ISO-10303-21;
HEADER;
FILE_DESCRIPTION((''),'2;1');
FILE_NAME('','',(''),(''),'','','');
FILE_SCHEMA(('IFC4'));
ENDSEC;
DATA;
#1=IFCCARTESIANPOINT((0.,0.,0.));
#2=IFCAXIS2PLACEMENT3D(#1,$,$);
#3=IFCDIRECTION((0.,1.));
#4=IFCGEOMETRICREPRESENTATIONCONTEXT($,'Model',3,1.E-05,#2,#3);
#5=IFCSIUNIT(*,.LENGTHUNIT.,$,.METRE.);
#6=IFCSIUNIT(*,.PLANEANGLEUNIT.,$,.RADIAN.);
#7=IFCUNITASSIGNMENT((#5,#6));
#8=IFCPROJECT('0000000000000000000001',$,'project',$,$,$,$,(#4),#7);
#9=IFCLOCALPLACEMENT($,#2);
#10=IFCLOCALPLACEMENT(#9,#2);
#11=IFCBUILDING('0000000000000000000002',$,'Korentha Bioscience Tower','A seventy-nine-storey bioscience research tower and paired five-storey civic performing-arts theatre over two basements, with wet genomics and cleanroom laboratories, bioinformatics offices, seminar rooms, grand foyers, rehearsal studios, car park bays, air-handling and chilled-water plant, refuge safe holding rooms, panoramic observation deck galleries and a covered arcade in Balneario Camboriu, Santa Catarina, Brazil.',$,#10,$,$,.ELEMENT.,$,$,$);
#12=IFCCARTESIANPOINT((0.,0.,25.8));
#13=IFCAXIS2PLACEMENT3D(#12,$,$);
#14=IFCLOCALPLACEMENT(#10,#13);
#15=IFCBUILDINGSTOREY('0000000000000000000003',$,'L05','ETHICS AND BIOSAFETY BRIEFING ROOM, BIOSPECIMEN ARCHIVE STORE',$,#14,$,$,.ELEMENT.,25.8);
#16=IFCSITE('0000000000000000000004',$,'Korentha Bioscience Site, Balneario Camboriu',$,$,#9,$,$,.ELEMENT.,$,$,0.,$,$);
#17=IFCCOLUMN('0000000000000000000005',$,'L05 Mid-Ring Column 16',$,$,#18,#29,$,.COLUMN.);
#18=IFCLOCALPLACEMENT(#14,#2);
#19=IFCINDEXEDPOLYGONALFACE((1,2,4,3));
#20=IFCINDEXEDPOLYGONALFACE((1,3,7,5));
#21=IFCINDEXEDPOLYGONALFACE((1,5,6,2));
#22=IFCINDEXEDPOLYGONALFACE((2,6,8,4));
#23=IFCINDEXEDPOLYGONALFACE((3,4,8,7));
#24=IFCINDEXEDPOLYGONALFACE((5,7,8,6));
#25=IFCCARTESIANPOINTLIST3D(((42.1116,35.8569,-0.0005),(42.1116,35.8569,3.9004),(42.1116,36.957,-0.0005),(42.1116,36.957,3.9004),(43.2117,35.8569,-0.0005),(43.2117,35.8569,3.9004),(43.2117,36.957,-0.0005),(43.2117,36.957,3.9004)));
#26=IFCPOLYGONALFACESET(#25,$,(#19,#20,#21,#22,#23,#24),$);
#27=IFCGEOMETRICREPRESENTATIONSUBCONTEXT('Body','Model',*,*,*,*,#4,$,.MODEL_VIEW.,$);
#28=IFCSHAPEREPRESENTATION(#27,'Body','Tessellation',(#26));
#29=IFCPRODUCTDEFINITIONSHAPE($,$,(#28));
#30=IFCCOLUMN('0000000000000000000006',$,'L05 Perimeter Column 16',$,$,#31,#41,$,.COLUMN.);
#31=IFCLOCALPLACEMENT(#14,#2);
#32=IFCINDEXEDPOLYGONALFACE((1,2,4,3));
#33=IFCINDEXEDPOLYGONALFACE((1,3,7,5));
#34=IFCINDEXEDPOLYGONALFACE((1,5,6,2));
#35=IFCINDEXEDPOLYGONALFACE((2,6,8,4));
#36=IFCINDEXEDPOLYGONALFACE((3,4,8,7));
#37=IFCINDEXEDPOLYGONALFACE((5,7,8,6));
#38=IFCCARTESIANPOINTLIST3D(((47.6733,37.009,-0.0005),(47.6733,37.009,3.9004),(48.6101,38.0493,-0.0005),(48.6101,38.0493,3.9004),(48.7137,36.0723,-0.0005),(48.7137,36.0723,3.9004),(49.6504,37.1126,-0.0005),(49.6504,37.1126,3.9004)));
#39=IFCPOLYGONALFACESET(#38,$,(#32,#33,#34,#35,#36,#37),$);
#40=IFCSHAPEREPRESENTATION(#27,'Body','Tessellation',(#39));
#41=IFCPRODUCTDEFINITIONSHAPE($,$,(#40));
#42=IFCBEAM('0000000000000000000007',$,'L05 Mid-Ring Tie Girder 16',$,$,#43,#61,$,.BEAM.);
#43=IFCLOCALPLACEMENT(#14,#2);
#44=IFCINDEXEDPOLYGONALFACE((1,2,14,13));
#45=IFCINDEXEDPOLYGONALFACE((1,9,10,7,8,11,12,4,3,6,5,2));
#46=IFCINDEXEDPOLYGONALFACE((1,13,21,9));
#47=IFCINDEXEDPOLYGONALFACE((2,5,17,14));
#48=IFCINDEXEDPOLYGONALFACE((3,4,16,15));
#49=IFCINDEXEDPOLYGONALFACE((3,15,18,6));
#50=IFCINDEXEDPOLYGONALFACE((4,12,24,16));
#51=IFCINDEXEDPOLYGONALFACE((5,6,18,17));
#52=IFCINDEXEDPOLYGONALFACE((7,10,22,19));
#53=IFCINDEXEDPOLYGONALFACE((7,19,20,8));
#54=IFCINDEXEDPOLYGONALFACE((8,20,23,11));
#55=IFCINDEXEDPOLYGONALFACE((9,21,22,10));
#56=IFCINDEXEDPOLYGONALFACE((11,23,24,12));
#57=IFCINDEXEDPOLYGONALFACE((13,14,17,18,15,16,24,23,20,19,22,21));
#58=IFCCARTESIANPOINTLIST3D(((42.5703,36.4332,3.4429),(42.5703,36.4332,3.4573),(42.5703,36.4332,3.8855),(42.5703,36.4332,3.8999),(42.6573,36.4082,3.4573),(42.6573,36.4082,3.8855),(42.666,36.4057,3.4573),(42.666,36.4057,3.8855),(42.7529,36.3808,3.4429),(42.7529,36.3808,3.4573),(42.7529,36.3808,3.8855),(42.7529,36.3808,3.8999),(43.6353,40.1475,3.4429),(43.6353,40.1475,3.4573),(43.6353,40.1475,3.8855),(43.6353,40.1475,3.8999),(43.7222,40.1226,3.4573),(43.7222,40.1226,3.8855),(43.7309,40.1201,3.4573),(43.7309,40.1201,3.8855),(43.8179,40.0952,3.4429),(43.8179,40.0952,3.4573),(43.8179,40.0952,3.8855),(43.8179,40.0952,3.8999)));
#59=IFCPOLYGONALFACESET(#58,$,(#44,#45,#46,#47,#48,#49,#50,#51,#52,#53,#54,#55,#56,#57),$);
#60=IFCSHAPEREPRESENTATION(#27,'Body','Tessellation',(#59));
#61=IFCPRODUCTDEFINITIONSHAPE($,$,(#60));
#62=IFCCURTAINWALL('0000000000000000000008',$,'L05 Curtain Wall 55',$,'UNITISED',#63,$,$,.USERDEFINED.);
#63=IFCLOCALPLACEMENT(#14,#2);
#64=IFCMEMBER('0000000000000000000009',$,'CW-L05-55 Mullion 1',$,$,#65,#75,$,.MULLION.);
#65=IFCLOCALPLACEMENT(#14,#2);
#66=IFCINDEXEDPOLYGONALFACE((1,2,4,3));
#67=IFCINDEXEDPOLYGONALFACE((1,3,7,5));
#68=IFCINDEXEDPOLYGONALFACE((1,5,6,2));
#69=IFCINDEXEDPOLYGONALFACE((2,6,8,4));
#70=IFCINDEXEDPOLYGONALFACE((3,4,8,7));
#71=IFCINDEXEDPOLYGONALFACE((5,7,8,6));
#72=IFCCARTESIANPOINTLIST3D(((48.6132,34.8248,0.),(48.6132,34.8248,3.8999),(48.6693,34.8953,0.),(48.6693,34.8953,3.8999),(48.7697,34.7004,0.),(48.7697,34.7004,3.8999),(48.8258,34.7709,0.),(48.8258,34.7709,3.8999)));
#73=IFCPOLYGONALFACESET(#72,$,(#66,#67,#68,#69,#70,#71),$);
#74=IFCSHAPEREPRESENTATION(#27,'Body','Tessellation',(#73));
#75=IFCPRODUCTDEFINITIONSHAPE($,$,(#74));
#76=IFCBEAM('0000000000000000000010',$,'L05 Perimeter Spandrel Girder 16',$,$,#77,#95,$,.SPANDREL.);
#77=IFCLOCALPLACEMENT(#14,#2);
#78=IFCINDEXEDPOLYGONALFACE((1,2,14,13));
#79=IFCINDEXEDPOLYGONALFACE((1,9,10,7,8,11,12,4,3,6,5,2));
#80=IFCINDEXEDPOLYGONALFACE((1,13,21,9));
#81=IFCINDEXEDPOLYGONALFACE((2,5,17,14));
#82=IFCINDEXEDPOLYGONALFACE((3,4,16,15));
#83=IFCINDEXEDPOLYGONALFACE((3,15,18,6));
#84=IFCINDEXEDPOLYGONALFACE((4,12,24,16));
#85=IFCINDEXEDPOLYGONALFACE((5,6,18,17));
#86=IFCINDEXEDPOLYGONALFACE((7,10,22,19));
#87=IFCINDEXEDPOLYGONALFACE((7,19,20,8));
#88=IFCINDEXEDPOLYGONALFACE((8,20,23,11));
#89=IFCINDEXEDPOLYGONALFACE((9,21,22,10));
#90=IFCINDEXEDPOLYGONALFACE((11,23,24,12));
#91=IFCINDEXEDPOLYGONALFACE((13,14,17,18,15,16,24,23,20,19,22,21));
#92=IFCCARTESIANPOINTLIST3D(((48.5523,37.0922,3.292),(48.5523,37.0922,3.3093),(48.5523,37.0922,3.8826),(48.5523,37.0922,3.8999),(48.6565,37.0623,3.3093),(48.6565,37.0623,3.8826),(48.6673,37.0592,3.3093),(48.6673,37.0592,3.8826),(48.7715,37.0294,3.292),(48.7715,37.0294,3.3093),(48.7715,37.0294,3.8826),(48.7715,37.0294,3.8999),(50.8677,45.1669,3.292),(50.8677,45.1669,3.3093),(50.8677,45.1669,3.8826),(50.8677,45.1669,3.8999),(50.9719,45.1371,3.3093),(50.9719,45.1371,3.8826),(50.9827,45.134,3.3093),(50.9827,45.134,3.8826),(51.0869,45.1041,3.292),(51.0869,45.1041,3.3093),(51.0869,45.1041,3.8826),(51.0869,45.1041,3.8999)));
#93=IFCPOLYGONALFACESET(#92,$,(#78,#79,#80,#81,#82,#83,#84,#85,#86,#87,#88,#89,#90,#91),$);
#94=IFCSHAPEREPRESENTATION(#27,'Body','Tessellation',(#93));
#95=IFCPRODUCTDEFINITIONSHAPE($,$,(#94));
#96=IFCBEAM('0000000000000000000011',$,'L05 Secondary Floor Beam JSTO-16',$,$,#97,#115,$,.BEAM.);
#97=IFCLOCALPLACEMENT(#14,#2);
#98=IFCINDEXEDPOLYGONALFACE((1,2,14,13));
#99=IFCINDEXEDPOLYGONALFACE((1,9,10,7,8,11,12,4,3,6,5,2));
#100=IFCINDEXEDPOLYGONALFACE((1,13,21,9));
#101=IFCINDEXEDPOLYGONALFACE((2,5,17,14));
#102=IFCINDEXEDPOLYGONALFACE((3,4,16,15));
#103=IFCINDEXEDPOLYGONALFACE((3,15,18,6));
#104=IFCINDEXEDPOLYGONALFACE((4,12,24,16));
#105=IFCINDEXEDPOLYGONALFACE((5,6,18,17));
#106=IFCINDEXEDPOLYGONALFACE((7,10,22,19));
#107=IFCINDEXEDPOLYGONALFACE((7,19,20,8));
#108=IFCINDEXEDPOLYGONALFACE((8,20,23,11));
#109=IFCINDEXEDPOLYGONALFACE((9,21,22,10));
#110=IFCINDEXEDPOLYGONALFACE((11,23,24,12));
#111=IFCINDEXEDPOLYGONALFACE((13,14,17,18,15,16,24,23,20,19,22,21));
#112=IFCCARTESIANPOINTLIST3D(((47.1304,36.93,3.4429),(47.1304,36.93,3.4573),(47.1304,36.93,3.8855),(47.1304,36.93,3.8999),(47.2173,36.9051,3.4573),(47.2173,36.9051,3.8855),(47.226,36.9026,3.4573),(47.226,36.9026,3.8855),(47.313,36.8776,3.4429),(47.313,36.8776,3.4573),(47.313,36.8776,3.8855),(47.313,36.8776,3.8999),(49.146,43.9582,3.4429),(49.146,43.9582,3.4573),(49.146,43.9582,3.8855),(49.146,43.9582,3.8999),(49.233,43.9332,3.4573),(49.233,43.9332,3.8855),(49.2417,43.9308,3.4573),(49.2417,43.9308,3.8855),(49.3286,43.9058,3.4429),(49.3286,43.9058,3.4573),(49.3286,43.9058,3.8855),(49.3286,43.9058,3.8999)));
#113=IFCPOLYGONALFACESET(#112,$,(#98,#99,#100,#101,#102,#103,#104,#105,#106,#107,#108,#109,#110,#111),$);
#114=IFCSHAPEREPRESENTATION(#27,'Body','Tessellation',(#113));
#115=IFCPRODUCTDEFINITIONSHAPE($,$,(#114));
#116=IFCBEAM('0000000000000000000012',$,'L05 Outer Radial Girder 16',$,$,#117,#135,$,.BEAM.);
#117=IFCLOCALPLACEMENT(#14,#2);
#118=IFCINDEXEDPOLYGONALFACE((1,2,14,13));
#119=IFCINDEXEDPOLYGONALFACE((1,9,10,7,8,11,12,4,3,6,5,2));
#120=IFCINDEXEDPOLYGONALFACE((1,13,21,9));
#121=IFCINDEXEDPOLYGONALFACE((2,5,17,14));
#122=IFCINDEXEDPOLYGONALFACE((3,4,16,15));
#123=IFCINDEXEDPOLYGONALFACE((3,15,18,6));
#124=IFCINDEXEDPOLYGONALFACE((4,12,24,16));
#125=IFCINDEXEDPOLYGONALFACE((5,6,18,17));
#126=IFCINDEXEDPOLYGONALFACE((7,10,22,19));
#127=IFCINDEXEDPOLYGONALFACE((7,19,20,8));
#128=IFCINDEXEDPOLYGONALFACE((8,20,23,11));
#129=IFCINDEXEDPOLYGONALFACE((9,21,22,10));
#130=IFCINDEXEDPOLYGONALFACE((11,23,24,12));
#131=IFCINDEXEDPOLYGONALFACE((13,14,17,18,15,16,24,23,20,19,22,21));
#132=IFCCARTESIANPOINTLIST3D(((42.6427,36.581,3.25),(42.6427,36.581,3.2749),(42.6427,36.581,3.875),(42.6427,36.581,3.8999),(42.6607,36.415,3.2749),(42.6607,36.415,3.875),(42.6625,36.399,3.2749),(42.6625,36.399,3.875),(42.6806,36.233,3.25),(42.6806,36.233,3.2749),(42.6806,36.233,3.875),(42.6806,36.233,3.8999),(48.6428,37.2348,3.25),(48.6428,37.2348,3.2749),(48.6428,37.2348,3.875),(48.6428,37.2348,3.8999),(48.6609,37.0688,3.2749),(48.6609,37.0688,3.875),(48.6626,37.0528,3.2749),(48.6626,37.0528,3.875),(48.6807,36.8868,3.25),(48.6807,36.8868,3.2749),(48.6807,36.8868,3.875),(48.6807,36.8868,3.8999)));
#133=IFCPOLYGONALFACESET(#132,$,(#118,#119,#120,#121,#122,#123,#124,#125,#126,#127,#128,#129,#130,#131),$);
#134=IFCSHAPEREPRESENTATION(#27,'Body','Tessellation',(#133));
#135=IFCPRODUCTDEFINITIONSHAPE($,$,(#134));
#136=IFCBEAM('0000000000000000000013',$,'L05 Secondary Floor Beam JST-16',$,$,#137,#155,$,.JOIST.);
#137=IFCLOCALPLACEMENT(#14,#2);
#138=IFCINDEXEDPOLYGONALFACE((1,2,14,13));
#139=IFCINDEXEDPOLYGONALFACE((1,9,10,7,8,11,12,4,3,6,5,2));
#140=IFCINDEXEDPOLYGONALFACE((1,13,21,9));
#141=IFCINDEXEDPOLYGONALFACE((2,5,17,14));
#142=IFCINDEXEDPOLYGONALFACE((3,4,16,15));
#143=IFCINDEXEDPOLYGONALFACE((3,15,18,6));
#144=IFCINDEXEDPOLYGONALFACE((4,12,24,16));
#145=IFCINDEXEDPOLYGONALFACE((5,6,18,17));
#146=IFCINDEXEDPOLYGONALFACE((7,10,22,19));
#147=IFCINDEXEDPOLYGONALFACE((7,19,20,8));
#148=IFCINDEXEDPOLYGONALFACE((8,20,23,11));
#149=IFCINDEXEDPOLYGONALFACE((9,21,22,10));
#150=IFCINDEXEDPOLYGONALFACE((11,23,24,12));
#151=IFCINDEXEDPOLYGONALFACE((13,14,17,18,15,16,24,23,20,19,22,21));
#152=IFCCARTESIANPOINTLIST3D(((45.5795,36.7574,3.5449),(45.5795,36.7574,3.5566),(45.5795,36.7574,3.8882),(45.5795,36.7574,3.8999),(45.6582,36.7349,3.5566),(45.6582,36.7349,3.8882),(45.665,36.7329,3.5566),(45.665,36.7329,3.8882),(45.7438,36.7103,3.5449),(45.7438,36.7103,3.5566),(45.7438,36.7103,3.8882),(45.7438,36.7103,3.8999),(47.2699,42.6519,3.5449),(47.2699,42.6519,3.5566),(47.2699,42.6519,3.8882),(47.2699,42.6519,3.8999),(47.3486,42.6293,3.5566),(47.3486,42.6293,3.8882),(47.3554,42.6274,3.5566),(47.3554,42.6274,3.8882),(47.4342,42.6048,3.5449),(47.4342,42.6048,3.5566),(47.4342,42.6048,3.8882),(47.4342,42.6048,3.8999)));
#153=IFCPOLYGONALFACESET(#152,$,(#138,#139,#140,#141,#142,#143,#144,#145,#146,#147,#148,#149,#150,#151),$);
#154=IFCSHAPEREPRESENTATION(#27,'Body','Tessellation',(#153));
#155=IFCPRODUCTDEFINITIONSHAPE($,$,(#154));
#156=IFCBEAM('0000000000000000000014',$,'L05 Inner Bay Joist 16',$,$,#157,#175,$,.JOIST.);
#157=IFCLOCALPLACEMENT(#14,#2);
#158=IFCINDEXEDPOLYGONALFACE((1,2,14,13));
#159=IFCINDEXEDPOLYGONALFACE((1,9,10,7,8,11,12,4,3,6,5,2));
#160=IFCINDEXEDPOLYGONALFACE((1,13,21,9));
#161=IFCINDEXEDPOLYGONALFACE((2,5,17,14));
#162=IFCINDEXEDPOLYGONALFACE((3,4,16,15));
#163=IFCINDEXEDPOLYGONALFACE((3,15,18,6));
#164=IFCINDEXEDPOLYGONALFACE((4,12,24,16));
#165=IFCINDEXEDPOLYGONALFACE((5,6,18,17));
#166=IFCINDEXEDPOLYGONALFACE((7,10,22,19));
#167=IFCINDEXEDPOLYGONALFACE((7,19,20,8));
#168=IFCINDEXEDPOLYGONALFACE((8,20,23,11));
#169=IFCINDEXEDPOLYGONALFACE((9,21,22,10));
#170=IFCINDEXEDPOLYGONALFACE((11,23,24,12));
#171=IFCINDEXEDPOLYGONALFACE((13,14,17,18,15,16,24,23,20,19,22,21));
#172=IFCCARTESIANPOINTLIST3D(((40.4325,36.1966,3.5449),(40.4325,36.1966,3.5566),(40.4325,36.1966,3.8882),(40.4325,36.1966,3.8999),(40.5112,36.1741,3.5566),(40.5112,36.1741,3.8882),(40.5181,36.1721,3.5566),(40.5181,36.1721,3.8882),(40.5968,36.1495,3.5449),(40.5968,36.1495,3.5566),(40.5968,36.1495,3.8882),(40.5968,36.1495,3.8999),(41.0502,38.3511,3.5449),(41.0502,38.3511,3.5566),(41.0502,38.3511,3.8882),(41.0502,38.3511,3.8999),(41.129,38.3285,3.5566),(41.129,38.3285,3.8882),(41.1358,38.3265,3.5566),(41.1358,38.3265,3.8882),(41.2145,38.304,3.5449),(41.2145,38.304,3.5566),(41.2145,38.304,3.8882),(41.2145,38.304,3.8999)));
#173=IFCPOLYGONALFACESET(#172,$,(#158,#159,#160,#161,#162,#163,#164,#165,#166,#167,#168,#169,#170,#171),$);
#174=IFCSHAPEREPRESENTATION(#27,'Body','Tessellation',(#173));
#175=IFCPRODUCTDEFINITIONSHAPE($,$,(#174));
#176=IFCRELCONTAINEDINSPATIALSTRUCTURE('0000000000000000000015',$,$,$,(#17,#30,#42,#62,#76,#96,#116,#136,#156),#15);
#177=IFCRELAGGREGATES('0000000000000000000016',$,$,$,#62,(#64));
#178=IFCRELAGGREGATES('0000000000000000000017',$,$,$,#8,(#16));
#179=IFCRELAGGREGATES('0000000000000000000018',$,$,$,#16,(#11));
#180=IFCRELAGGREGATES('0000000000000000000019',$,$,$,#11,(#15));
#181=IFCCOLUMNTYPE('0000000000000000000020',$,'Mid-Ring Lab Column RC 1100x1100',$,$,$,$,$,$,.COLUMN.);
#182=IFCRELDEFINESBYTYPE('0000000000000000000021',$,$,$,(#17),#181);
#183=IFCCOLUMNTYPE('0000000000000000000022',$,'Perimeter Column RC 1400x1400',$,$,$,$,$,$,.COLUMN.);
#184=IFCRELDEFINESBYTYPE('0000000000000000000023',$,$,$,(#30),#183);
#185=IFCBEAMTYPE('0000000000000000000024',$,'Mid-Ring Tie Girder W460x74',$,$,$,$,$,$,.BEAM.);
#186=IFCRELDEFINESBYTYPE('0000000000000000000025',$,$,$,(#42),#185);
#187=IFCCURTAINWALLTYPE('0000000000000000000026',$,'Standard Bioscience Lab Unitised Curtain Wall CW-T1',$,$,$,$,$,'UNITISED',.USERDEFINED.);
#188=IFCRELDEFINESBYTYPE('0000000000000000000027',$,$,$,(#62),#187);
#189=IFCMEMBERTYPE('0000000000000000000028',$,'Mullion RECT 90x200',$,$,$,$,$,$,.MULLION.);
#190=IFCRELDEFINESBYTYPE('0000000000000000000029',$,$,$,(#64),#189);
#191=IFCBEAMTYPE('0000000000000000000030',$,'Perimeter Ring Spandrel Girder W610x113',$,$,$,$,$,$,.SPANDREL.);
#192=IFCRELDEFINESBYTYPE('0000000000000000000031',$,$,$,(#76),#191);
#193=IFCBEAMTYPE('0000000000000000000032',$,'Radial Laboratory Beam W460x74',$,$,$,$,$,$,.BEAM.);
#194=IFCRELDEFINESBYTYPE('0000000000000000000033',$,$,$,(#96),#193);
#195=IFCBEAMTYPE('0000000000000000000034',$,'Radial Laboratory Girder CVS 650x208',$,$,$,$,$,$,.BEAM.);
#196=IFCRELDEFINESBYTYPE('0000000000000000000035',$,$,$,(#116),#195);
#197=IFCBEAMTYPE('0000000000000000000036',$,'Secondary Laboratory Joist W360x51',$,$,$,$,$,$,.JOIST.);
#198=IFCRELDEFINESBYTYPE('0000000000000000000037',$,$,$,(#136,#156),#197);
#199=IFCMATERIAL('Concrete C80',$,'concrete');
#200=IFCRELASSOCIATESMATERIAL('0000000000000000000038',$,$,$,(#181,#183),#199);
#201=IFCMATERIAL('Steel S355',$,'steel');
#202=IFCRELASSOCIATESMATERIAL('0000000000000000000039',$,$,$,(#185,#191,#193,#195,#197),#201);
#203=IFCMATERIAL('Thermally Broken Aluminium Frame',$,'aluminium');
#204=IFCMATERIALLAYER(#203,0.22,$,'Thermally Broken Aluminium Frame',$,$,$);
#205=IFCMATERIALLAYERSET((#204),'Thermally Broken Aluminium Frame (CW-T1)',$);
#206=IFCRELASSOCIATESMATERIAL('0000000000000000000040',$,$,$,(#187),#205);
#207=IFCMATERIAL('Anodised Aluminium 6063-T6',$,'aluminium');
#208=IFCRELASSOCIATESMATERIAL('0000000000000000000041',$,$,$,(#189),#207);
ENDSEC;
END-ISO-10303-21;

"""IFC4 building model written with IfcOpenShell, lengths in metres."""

from ifc_helpers import new_model, si_unit, direction, frame, origin, origin_2d, place, context, subcontext, project, spatial, rectangle, i_section, extrude, material, layer, layer_set, material_profile, profile_set, type_object, element, aggregate, save


model = new_model("IFC4")

# Units and contexts
model_context = context("Model", 3, precision=1e-05, world=origin(), true_north=direction((0.0, 1.0)))
body_context = subcontext(model_context, "Body", "Model", "MODEL_VIEW")
ifc_project = project(units=[si_unit("LENGTHUNIT", "METRE"), si_unit("PLANEANGLEUNIT", "RADIAN")], contexts=[model_context])

# Site, building, storey
site_placement = place(None, origin())
site = spatial("IfcSite", under=ifc_project, at=site_placement, Name="Korentha Bioscience Site, Balneario Camboriu", CompositionType="ELEMENT", RefElevation=0.0)
building_placement = place(site_placement, origin())
building = spatial("IfcBuilding", under=site, at=building_placement, Name="Korentha Bioscience Tower", Description="A seventy-nine-storey bioscience research tower and paired five-storey civic performing-arts theatre over two basements, with wet genomics and cleanroom laboratories, bioinformatics offices, seminar rooms, grand foyers, rehearsal studios, car park bays, air-handling and chilled-water plant, refuge safe holding rooms, panoramic observation deck galleries and a covered arcade in Balneario Camboriu, Santa Catarina, Brazil.", CompositionType="ELEMENT")
storey_placement = place(building_placement, frame((0.0, 0.0, 25.8)))
storey = spatial("IfcBuildingStorey", under=building, at=storey_placement, Name="L05", Description="ETHICS AND BIOSAFETY BRIEFING ROOM, BIOSPECIMEN ARCHIVE STORE", CompositionType="ELEMENT", Elevation=25.8)

# Columns
ifc_material_1 = material(Name="Concrete C80", Category="concrete")
ifc_material_profile_1 = material_profile(ifc_material_1, rectangle(XDim=1.1001, YDim=1.1001, at=origin_2d()), Name="Concrete C80")
ifc_profile_set_1 = profile_set([ifc_material_profile_1], Name="Concrete C80 (COL-MR11)")
column_type_1 = type_object("IfcColumnType", Name="Mid-Ring Lab Column RC 1100x1100", PredefinedType="COLUMN", material=ifc_profile_set_1)
column_1_placement = place(storey_placement, frame((42.6616, 36.407, -0.0005), z_axis=(0.0, 0.0, 1.0), x_axis=(1.0, 0.0, 0.0)))
element("IfcColumn", 1, at=column_1_placement, inside=storey, type_object=column_type_1, Name="L05 Mid-Ring Column 16", PredefinedType="COLUMN", context=body_context, shape_type="SweptSolid", body=[
    extrude(rectangle(XDim=1.1001, YDim=1.1001, at=origin_2d()), origin(), (0.0, 0.0, 1.0), 3.9009),
])
ifc_material_profile_2 = material_profile(ifc_material_1, rectangle(XDim=1.3999, YDim=1.3999, at=origin_2d()), Name="Concrete C80")
ifc_profile_set_2 = profile_set([ifc_material_profile_2], Name="Concrete C80 (COL-P14)")
column_type_2 = type_object("IfcColumnType", Name="Perimeter Column RC 1400x1400", PredefinedType="COLUMN", material=ifc_profile_set_2)
column_2_placement = place(storey_placement, frame((48.6619, 37.0608, -0.0005), z_axis=(0.0, 0.0, 1.0), x_axis=(0.669131, 0.743145, 0.0)))
element("IfcColumn", 2, at=column_2_placement, inside=storey, type_object=column_type_2, Name="L05 Perimeter Column 16", PredefinedType="COLUMN", context=body_context, shape_type="SweptSolid", body=[
    extrude(rectangle(XDim=1.3999, YDim=1.3999, at=origin_2d()), origin(), (0.0, 0.0, 1.0), 3.9009),
])

# Beam
ifc_material_2 = material(Name="Steel S355", Category="steel")
ifc_material_profile_3 = material_profile(ifc_material_2, i_section(OverallWidth=0.1899, OverallDepth=0.457, WebThickness=0.009, FlangeThickness=0.0144, at=origin_2d()), Name="Steel S355")
ifc_profile_set_3 = profile_set([ifc_material_profile_3], Name="Steel S355 (MB-460)")
beam_type_1 = type_object("IfcBeamType", Name="Mid-Ring Tie Girder W460x74", PredefinedType="BEAM", material=ifc_profile_set_3)
beam_1_placement = place(storey_placement, frame((42.6616, 36.407, 3.6714), z_axis=(0.275606, 0.961271, 0.0), x_axis=(-0.961271, 0.275606, 0.0)))
element("IfcBeam", 3, at=beam_1_placement, inside=storey, type_object=beam_type_1, Name="L05 Mid-Ring Tie Girder 16", PredefinedType="BEAM", context=body_context, shape_type="SweptSolid", body=[
    extrude(i_section(OverallWidth=0.1899, OverallDepth=0.457, WebThickness=0.009, FlangeThickness=0.0144, at=origin_2d()), origin(), (0.0, 0.0, 1.0), 3.864),
])

# Curtain wall, member
ifc_material_3 = material(Name="Thermally Broken Aluminium Frame", Category="aluminium")
ifc_layer_1 = layer(ifc_material_3, 0.22, Name="Thermally Broken Aluminium Frame")
ifc_layer_set_1 = layer_set([ifc_layer_1], Name="Thermally Broken Aluminium Frame (CW-T1)")
curtain_wall_type = type_object("IfcCurtainWallType", Name="Standard Bioscience Lab Unitised Curtain Wall CW-T1", ElementType="UNITISED", PredefinedType="USERDEFINED", material=ifc_layer_set_1)
curtain_wall_placement = place(storey_placement, origin())
curtain_wall = element("IfcCurtainWall", 4, at=curtain_wall_placement, inside=storey, type_object=curtain_wall_type, Name="L05 Curtain Wall 55", ObjectType="UNITISED", PredefinedType="USERDEFINED")
ifc_material_4 = material(Name="Anodised Aluminium 6063-T6", Category="aluminium")
ifc_material_profile_4 = material_profile(ifc_material_4, rectangle(XDim=0.0901, YDim=0.2, at=origin_2d()), Name="Anodised Aluminium 6063-T6")
ifc_profile_set_4 = profile_set([ifc_material_profile_4], Name="Anodised Aluminium 6063-T6 (CW-MUL)")
member_type_1 = type_object("IfcMemberType", Name="Mullion RECT 90x200", PredefinedType="MULLION", material=ifc_profile_set_4)
member_1_placement = place(storey_placement, frame((48.7195, 34.7979, 0.0), z_axis=(0.0, 0.0, 1.0), x_axis=(0.62252, 0.782604, 0.0)))
member_1 = element("IfcMember", 5, at=member_1_placement, type_object=member_type_1, Name="CW-L05-55 Mullion 1", PredefinedType="MULLION", context=body_context, shape_type="SweptSolid", body=[
    extrude(rectangle(XDim=0.0901, YDim=0.2, at=origin_2d()), origin(), (0.0, 0.0, 1.0), 3.8999),
])

# Beams
ifc_material_profile_5 = material_profile(ifc_material_2, i_section(OverallWidth=0.228, OverallDepth=0.6079, WebThickness=0.0112, FlangeThickness=0.0173, at=origin_2d()), Name="Steel S355")
ifc_profile_set_5 = profile_set([ifc_material_profile_5], Name="Steel S355 (SB-610)")
beam_type_2 = type_object("IfcBeamType", Name="Perimeter Ring Spandrel Girder W610x113", PredefinedType="SPANDREL", material=ifc_profile_set_5)
beam_2_placement = place(storey_placement, frame((48.6619, 37.0608, 3.5959), z_axis=(0.275642, 0.96126, 0.0), x_axis=(-0.96126, 0.275642, 0.0)))
element("IfcBeam", 6, at=beam_2_placement, inside=storey, type_object=beam_type_2, Name="L05 Perimeter Spandrel Girder 16", PredefinedType="SPANDREL", context=body_context, shape_type="SweptSolid", body=[
    extrude(i_section(OverallWidth=0.228, OverallDepth=0.6079, WebThickness=0.0112, FlangeThickness=0.0173, at=origin_2d()), origin(), (0.0, 0.0, 1.0), 8.4001),
])
ifc_material_profile_6 = material_profile(ifc_material_2, i_section(OverallWidth=0.1899, OverallDepth=0.457, WebThickness=0.009, FlangeThickness=0.0144, at=origin_2d()), Name="Steel S355")
ifc_profile_set_6 = profile_set([ifc_material_profile_6], Name="Steel S355 (RB-460)")
beam_type_3 = type_object("IfcBeamType", Name="Radial Laboratory Beam W460x74", PredefinedType="BEAM", material=ifc_profile_set_6)
beam_3_placement = place(storey_placement, frame((47.2217, 36.9038, 3.6714), z_axis=(0.275682, 0.961249, 0.0), x_axis=(-0.961249, 0.275682, 0.0)))
element("IfcBeam", 7, at=beam_3_placement, inside=storey, type_object=beam_type_3, Name="L05 Secondary Floor Beam JSTO-16", PredefinedType="BEAM", context=body_context, shape_type="SweptSolid", body=[
    extrude(i_section(OverallWidth=0.1899, OverallDepth=0.457, WebThickness=0.009, FlangeThickness=0.0144, at=origin_2d()), origin(), (0.0, 0.0, 1.0), 7.3115),
])
ifc_material_profile_7 = material_profile(ifc_material_2, i_section(OverallWidth=0.3501, OverallDepth=0.6499, WebThickness=0.0161, FlangeThickness=0.0249, at=origin_2d()), Name="Steel S355")
ifc_profile_set_7 = profile_set([ifc_material_profile_7], Name="Steel S355 (RB-650)")
beam_type_4 = type_object("IfcBeamType", Name="Radial Laboratory Girder CVS 650x208", PredefinedType="BEAM", material=ifc_profile_set_7)
beam_4_placement = place(storey_placement, frame((42.6616, 36.407, 3.575), z_axis=(0.994116, 0.108323, 0.0), x_axis=(-0.108323, 0.994116, 0.0)))
element("IfcBeam", 8, at=beam_4_placement, inside=storey, type_object=beam_type_4, Name="L05 Outer Radial Girder 16", PredefinedType="BEAM", context=body_context, shape_type="SweptSolid", body=[
    extrude(i_section(OverallWidth=0.3501, OverallDepth=0.6499, WebThickness=0.0161, FlangeThickness=0.0249, at=origin_2d()), origin(), (0.0, 0.0, 1.0), 6.0356),
])
ifc_material_profile_8 = material_profile(ifc_material_2, i_section(OverallWidth=0.1709, OverallDepth=0.355, WebThickness=0.0071, FlangeThickness=0.0117, at=origin_2d()), Name="Steel S355")
ifc_profile_set_8 = profile_set([ifc_material_profile_8], Name="Steel S355 (JB-360)")
beam_type_5 = type_object("IfcBeamType", Name="Secondary Laboratory Joist W360x51", PredefinedType="JOIST", material=ifc_profile_set_8)
beam_5_placement = place(storey_placement, frame((45.6616, 36.7339, 3.7224), z_axis=(0.275668, 0.961253, 0.0), x_axis=(-0.961253, 0.275668, 0.0)))
element("IfcBeam", 9, at=beam_5_placement, inside=storey, type_object=beam_type_5, Name="L05 Secondary Floor Beam JST-16", PredefinedType="JOIST", context=body_context, shape_type="SweptSolid", body=[
    extrude(i_section(OverallWidth=0.1709, OverallDepth=0.355, WebThickness=0.0071, FlangeThickness=0.0117, at=origin_2d()), origin(), (0.0, 0.0, 1.0), 6.1321),
])
beam_6_placement = place(storey_placement, frame((40.5146, 36.1731, 3.7224), z_axis=(0.275613, 0.961269, 0.0), x_axis=(-0.961269, 0.275613, 0.0)))
element("IfcBeam", 10, at=beam_6_placement, inside=storey, type_object=beam_type_5, Name="L05 Inner Bay Joist 16", PredefinedType="JOIST", context=body_context, shape_type="SweptSolid", body=[
    extrude(i_section(OverallWidth=0.1709, OverallDepth=0.355, WebThickness=0.0071, FlangeThickness=0.0117, at=origin_2d()), origin(), (0.0, 0.0, 1.0), 2.2412),
])

aggregate(curtain_wall, [member_1])

save(model, "model.ifc")
